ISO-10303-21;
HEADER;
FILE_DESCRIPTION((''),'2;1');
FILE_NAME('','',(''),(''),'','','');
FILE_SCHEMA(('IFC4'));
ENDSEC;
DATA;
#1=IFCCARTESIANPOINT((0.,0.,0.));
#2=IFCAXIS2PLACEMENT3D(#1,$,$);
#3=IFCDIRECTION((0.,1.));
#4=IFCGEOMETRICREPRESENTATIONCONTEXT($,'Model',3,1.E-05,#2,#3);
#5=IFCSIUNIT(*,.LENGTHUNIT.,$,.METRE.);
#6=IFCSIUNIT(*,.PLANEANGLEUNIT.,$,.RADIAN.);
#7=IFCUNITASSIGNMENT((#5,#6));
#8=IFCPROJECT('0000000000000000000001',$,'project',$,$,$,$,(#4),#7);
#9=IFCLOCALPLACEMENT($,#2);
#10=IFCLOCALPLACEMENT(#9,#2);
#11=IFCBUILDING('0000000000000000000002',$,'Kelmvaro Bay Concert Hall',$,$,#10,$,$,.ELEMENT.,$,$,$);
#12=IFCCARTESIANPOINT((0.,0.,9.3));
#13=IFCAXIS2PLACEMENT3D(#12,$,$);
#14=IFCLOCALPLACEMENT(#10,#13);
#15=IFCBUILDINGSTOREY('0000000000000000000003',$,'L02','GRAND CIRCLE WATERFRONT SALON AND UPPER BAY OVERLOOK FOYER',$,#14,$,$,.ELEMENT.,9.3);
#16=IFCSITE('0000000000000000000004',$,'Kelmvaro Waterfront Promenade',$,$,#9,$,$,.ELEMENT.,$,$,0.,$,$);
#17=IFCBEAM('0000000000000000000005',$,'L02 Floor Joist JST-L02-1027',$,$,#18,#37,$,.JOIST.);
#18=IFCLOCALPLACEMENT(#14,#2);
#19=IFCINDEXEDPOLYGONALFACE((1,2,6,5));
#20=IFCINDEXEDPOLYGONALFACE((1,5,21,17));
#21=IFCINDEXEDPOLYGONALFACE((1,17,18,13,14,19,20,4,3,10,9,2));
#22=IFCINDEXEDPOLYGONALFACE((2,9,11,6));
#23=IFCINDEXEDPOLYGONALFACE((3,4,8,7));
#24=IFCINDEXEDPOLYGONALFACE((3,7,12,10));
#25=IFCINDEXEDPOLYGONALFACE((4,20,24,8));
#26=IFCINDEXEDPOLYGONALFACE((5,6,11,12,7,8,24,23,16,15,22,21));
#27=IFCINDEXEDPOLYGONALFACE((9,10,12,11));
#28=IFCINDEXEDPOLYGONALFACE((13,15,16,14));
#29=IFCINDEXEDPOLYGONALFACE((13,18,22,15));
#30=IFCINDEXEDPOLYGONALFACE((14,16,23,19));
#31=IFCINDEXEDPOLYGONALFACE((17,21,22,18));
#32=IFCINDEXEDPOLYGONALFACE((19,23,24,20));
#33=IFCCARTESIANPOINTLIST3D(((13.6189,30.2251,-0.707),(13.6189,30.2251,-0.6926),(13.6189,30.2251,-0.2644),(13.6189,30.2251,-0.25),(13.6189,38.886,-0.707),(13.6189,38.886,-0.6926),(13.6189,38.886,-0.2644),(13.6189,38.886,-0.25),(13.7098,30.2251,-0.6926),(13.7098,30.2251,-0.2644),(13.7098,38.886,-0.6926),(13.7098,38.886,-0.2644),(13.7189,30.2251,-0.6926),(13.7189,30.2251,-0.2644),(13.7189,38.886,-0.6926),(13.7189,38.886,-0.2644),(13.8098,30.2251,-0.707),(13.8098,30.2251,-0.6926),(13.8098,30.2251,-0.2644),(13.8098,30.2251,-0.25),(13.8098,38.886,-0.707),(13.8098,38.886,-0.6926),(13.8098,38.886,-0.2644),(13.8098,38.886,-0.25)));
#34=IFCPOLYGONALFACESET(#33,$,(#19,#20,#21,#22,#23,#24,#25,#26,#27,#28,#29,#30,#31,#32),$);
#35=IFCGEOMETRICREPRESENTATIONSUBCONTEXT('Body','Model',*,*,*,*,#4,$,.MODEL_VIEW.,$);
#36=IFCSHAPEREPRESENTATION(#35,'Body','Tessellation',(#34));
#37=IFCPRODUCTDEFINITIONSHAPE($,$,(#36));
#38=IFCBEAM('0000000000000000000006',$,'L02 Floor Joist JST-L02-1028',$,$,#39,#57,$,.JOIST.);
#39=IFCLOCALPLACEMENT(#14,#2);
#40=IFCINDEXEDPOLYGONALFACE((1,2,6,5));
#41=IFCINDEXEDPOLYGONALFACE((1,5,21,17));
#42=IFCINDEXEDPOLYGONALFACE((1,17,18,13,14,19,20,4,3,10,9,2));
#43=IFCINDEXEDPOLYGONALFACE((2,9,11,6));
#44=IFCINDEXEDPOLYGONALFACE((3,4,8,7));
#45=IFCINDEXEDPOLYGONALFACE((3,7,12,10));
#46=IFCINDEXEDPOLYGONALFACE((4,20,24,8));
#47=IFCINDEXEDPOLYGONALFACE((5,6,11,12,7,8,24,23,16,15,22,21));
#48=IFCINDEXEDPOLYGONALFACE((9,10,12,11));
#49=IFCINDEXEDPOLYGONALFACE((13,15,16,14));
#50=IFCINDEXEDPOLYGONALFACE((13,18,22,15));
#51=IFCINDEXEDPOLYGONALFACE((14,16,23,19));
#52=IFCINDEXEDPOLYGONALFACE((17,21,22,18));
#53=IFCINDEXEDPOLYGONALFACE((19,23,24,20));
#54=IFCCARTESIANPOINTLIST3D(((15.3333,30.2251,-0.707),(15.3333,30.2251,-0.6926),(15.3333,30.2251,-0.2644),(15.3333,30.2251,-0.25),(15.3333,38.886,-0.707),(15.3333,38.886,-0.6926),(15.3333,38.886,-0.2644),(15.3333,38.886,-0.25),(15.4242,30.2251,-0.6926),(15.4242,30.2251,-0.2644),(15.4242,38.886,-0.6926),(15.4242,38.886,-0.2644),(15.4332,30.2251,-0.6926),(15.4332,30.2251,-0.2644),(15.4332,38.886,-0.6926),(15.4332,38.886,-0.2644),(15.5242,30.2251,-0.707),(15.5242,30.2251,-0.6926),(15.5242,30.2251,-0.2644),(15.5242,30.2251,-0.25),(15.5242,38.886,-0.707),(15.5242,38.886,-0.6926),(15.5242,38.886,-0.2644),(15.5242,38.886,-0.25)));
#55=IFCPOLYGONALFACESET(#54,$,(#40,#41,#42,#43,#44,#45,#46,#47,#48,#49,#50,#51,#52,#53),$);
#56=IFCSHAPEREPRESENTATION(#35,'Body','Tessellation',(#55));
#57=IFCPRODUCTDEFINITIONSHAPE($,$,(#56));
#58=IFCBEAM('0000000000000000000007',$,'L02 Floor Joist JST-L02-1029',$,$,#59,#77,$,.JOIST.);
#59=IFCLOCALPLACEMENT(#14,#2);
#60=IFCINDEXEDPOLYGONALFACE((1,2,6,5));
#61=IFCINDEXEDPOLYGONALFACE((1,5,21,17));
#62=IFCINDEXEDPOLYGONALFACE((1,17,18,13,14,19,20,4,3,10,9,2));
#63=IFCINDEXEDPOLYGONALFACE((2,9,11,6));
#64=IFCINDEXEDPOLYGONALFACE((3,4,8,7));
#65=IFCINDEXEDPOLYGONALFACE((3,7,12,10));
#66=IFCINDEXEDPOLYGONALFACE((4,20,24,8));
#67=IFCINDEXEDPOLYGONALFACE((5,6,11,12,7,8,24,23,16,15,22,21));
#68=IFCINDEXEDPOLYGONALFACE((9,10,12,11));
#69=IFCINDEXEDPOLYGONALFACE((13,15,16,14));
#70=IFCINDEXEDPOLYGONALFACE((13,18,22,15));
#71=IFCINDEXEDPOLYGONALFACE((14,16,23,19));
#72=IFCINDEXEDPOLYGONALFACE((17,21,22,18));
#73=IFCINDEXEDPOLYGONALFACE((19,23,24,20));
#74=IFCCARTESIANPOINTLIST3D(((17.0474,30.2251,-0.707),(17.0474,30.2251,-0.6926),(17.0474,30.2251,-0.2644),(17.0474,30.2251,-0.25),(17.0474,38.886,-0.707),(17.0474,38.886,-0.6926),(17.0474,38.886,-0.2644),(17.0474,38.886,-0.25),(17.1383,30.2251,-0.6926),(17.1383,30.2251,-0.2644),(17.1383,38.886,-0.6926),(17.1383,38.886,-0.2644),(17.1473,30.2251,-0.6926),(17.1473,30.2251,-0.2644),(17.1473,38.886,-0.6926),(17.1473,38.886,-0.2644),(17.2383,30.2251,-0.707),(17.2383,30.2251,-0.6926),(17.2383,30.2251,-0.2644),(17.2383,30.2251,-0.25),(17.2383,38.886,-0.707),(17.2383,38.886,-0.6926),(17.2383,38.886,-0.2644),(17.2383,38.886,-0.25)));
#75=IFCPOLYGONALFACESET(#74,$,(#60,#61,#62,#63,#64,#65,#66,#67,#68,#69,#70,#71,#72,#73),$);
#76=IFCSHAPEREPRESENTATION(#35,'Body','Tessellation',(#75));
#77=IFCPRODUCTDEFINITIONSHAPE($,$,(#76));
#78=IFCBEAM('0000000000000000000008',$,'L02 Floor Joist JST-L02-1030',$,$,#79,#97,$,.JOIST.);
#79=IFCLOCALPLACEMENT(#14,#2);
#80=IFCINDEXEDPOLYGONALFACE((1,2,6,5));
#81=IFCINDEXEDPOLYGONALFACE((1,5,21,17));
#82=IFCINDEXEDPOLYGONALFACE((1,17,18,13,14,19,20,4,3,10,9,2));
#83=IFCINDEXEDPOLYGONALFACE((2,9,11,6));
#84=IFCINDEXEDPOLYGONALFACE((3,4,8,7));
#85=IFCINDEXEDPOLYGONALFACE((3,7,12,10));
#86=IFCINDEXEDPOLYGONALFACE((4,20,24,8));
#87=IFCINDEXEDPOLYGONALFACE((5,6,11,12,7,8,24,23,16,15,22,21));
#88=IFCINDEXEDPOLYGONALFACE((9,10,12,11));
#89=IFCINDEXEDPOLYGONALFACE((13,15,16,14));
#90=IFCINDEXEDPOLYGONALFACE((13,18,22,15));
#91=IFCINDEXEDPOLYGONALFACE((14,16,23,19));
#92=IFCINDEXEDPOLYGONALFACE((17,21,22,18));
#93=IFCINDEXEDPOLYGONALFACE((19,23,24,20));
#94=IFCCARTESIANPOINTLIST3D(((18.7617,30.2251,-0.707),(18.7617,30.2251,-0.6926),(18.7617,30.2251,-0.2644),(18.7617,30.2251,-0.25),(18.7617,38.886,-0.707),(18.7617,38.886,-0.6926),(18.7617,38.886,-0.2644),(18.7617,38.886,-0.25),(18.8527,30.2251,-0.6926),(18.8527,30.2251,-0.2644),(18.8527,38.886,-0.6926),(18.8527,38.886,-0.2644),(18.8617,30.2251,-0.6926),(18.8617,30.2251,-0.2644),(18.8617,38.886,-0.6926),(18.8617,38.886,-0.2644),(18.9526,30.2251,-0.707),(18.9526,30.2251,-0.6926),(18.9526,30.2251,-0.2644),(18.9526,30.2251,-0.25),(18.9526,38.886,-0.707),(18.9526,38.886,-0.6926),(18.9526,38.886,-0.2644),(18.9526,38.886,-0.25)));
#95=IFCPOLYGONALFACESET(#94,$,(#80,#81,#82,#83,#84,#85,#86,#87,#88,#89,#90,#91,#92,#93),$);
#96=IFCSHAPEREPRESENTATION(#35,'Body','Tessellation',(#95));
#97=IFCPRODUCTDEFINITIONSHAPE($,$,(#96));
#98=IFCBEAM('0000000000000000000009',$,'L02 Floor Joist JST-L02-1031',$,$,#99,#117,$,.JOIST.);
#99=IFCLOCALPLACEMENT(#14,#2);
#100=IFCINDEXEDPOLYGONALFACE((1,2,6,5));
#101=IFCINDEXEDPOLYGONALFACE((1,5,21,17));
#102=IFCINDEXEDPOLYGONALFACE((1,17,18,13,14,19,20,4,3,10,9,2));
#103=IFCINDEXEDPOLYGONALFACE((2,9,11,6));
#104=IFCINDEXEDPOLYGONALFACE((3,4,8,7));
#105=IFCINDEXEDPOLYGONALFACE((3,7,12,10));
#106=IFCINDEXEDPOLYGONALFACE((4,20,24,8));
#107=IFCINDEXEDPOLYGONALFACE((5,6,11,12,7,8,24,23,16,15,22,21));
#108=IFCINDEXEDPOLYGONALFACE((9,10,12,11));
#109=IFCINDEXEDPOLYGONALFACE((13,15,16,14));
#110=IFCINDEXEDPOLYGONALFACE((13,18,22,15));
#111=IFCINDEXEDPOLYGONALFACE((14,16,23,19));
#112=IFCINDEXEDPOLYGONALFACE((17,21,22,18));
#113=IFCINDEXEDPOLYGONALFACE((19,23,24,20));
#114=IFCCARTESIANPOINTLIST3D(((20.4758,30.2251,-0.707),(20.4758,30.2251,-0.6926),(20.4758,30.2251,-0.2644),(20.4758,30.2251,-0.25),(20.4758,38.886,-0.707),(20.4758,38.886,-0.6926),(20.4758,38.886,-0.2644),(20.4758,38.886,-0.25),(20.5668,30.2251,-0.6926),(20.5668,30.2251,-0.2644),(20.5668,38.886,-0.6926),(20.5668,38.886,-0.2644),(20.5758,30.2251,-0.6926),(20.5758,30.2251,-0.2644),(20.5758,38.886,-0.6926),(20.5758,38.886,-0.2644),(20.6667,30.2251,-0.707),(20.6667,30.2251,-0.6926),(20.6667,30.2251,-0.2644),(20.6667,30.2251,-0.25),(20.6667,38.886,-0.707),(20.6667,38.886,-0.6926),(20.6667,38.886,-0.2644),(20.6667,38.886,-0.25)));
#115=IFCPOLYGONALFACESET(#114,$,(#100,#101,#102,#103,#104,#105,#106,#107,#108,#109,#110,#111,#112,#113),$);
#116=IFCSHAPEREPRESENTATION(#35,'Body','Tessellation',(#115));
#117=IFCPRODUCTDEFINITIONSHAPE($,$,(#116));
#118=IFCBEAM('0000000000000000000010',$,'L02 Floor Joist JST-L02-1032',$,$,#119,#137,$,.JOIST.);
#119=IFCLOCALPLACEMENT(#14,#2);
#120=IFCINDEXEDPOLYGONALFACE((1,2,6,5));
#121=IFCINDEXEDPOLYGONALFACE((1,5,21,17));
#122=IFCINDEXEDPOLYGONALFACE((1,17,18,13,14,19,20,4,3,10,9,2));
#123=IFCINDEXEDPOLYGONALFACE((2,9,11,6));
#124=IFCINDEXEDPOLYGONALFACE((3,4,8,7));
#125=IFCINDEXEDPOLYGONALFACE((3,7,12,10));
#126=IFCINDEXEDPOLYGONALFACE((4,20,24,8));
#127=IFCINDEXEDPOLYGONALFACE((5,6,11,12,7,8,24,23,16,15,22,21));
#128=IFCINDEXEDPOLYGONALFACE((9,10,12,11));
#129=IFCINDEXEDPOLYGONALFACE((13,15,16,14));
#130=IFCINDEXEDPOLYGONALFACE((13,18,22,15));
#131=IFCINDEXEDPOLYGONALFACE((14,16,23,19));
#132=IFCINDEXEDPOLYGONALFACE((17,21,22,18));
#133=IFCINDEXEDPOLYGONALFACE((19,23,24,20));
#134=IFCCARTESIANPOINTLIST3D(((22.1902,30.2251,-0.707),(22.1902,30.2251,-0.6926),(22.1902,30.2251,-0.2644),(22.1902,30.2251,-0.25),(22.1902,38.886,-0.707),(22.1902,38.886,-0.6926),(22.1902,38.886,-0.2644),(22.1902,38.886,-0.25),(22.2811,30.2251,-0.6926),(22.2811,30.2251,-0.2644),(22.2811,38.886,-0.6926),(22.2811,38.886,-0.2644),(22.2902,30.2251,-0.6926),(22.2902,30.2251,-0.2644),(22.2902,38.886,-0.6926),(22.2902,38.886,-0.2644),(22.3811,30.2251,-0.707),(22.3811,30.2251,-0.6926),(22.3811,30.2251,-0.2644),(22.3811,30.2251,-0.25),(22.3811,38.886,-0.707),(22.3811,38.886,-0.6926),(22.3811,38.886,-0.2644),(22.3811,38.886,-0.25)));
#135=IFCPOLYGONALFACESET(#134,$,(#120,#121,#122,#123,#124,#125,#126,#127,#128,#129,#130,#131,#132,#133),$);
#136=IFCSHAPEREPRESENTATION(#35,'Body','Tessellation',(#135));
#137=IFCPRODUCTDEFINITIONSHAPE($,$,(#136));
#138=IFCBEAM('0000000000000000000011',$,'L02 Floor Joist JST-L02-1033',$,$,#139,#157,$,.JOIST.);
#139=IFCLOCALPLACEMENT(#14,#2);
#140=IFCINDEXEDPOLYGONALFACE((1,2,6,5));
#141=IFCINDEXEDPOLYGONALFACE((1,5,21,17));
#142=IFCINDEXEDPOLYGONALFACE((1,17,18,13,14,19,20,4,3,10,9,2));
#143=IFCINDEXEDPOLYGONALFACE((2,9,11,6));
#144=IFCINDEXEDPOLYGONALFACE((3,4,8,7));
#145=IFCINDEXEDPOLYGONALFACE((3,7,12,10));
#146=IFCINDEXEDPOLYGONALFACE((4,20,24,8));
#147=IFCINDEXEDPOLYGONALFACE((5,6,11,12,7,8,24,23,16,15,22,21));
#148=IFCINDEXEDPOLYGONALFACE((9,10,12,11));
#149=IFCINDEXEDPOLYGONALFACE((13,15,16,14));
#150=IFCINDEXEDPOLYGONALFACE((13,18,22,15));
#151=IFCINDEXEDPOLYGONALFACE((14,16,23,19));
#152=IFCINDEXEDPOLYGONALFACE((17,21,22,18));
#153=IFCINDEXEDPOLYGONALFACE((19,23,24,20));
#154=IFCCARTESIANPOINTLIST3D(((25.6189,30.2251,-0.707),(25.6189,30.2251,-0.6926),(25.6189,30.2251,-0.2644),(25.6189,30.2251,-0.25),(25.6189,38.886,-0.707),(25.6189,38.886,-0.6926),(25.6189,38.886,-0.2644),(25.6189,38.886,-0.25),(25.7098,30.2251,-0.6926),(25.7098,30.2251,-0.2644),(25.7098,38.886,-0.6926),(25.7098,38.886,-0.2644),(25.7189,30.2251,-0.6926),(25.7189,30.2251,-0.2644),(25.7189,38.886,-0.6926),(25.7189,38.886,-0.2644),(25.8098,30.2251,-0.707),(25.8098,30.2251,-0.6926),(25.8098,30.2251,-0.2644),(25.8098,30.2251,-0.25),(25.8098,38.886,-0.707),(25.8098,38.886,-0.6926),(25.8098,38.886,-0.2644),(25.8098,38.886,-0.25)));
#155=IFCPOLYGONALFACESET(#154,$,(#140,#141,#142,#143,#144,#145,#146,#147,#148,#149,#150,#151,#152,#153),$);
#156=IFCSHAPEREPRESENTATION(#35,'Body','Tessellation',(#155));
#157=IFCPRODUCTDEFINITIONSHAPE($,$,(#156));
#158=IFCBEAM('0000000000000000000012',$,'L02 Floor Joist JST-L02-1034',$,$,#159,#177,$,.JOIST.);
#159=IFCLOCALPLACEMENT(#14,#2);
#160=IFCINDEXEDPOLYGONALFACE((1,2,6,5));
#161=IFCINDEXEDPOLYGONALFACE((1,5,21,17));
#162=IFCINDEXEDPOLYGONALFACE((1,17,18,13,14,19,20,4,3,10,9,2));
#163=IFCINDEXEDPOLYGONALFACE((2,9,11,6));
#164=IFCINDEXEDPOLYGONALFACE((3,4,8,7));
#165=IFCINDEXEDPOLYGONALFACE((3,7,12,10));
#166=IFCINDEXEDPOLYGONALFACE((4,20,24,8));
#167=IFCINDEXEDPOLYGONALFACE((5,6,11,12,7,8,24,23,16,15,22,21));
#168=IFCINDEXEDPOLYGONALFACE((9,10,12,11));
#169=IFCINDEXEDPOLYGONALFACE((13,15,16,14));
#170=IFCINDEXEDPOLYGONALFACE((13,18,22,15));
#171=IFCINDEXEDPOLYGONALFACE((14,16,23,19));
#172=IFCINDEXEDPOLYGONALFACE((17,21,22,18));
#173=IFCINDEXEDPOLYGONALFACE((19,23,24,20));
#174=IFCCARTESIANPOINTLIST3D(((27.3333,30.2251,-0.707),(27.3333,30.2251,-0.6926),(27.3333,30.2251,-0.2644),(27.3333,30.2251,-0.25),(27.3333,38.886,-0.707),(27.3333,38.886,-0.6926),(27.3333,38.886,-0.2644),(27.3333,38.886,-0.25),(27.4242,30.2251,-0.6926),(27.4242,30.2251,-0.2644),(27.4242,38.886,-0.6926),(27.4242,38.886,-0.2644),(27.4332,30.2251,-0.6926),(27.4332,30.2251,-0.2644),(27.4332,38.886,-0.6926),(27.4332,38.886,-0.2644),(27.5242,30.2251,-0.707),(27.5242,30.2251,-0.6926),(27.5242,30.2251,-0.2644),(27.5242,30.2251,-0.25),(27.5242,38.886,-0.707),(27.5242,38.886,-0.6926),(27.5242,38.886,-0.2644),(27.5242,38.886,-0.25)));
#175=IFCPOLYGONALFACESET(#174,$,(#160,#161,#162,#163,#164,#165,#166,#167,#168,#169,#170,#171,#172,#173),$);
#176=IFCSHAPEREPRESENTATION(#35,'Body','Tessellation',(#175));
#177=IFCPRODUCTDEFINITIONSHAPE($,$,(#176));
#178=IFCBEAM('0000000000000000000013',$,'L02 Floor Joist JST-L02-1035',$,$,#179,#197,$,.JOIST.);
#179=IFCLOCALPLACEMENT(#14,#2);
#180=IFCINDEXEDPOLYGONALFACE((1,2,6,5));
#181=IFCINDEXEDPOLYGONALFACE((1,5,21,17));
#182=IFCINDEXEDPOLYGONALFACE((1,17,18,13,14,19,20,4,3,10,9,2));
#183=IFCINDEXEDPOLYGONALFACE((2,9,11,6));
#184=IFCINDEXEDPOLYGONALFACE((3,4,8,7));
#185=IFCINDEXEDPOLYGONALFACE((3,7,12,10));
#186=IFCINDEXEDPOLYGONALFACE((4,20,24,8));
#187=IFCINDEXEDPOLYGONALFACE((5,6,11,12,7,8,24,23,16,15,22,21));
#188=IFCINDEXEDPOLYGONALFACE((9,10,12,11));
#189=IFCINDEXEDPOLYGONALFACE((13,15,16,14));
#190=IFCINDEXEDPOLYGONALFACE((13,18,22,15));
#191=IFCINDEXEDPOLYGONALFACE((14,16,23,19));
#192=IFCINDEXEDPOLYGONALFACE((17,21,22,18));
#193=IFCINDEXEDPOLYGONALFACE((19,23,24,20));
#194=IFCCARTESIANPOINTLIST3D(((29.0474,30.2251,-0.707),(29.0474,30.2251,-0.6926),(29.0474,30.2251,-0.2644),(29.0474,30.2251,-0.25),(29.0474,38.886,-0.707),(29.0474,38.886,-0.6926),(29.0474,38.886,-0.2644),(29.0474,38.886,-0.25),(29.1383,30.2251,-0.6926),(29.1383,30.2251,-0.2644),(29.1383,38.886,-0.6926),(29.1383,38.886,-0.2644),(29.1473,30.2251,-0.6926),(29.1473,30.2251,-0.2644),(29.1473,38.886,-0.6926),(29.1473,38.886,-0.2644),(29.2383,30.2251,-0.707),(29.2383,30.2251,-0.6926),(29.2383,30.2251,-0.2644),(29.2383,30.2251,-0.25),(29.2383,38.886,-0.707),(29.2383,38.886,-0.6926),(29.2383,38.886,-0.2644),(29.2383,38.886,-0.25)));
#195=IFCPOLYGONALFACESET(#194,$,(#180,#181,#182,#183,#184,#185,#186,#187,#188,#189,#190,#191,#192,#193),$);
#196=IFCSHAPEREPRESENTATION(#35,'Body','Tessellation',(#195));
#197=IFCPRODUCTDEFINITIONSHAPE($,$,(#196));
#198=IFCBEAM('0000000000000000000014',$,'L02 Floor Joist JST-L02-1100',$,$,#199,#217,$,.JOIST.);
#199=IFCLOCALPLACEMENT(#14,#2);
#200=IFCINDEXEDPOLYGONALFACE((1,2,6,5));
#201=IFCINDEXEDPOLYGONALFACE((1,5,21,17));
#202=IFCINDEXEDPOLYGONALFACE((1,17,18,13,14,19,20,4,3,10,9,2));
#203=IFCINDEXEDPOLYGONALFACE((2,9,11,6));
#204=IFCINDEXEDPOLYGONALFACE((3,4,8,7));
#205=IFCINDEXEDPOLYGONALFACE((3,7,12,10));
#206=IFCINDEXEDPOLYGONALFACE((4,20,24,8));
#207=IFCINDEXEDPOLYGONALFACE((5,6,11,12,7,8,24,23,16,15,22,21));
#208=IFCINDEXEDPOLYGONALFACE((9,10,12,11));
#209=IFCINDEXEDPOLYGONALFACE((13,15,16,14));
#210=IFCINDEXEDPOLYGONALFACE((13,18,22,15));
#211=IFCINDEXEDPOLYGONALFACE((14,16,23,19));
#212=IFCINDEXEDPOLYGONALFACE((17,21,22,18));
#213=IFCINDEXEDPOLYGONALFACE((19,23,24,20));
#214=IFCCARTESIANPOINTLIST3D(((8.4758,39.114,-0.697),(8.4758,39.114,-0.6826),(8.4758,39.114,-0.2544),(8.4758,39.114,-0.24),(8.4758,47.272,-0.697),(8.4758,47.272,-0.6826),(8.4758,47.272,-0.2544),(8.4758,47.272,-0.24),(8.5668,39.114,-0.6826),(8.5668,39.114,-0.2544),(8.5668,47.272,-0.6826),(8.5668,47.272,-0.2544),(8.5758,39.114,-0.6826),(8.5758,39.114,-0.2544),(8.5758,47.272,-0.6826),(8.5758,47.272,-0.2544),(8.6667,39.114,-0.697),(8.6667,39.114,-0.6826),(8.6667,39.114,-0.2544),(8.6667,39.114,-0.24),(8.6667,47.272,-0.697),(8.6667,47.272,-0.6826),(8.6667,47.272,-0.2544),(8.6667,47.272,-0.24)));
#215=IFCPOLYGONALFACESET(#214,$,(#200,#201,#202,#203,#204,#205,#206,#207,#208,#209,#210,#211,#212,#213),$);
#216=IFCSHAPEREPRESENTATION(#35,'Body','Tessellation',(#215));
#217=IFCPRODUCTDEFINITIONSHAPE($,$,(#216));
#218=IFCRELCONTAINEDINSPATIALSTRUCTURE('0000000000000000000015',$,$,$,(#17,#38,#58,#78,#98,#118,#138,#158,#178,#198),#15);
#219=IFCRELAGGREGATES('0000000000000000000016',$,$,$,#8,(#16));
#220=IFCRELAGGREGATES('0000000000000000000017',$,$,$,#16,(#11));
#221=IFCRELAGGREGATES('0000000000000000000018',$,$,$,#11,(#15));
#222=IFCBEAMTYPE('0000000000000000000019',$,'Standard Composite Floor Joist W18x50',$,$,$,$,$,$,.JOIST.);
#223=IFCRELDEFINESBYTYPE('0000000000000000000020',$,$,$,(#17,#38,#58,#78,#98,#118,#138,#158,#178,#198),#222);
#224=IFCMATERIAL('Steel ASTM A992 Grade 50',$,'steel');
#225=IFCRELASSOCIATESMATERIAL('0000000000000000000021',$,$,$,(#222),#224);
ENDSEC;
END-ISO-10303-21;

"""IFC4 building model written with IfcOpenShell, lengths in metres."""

from ifc_helpers import new_model, si_unit, direction, frame, origin, origin_2d, place, context, subcontext, project, spatial, i_section, extrude, material, material_profile, profile_set, type_object, element, save


model = new_model("IFC4")

# Units and contexts
model_context = context("Model", 3, precision=1e-05, world=origin(), true_north=direction((0.0, 1.0)))
body_context = subcontext(model_context, "Body", "Model", "MODEL_VIEW")
ifc_project = project(units=[si_unit("LENGTHUNIT", "METRE"), si_unit("PLANEANGLEUNIT", "RADIAN")], contexts=[model_context])

# Site, building, storey
site_placement = place(None, origin())
site = spatial("IfcSite", under=ifc_project, at=site_placement, Name="Kelmvaro Waterfront Promenade", CompositionType="ELEMENT", RefElevation=0.0)
building_placement = place(site_placement, origin())
building = spatial("IfcBuilding", under=site, at=building_placement, Name="Kelmvaro Bay Concert Hall", CompositionType="ELEMENT")
storey_placement = place(building_placement, frame((0.0, 0.0, 9.3)))
storey = spatial("IfcBuildingStorey", under=building, at=storey_placement, Name="L02", Description="GRAND CIRCLE WATERFRONT SALON AND UPPER BAY OVERLOOK FOYER", CompositionType="ELEMENT", Elevation=9.3)

# Beams
ifc_material_1 = material(Name="Steel ASTM A992 Grade 50", Category="steel")
ifc_material_profile_1 = material_profile(ifc_material_1, i_section(OverallWidth=0.1909, OverallDepth=0.457, WebThickness=0.009, FlangeThickness=0.0144, at=origin_2d()), Name="W18X50")
ifc_profile_set_1 = profile_set([ifc_material_profile_1], Name="Steel ASTM A992 Grade 50")
beam_type_1 = type_object("IfcBeamType", Name="Standard Composite Floor Joist W18x50", PredefinedType="JOIST", material=ifc_profile_set_1)
for number, where, z_axis, x_axis, name in (
    (1, (13.7144, 30.2251, -0.4785), (0.0, 1.0, 0.0), (-1.0, 0.0, 0.0), "L02 Floor Joist JST-L02-1027"),
    (2, (15.4287, 30.2251, -0.4785), (0.0, 1.0, 0.0), (-1.0, 0.0, 0.0), "L02 Floor Joist JST-L02-1028"),
    (3, (17.1428, 30.2251, -0.4785), (0.0, 1.0, 0.0), (-1.0, 0.0, 0.0), "L02 Floor Joist JST-L02-1029"),
    (4, (18.8572, 30.2251, -0.4785), (0.0, 1.0, 0.0), (-1.0, 0.0, 0.0), "L02 Floor Joist JST-L02-1030"),
    (5, (20.5713, 30.2251, -0.4785), (0.0, 1.0, 0.0), (-1.0, 0.0, 0.0), "L02 Floor Joist JST-L02-1031"),
    (6, (22.2856, 30.2251, -0.4785), (0.0, 1.0, 0.0), (-1.0, 0.0, 0.0), "L02 Floor Joist JST-L02-1032"),
    (7, (25.7144, 30.2251, -0.4785), (0.0, 1.0, 0.0), (-1.0, 0.0, 0.0), "L02 Floor Joist JST-L02-1033"),
    (8, (27.4287, 30.2251, -0.4785), (0.0, 1.0, 0.0), (-1.0, 0.0, 0.0), "L02 Floor Joist JST-L02-1034"),
    (9, (29.1428, 30.2251, -0.4785), (0.0, 1.0, 0.0), (-1.0, 0.0, 0.0), "L02 Floor Joist JST-L02-1035"),
):
    element("IfcBeam", number, at=place(storey_placement, frame(where, z_axis=z_axis, x_axis=x_axis)), inside=storey, type_object=beam_type_1, Name=name, PredefinedType="JOIST", context=body_context, shape_type="SweptSolid", body=[
        extrude(i_section(OverallWidth=0.1909, OverallDepth=0.457, WebThickness=0.009, FlangeThickness=0.0144, at=origin_2d()), origin(), (0.0, 0.0, 1.0), 8.6609),
    ])
for number, where, z_axis, x_axis, name in (
    (10, (8.5713, 39.114, -0.4685), (0.0, 1.0, 0.0), (-1.0, 0.0, 0.0), "L02 Floor Joist JST-L02-1100"),
):
    element("IfcBeam", number, at=place(storey_placement, frame(where, z_axis=z_axis, x_axis=x_axis)), inside=storey, type_object=beam_type_1, Name=name, PredefinedType="JOIST", context=body_context, shape_type="SweptSolid", body=[
        extrude(i_section(OverallWidth=0.1909, OverallDepth=0.457, WebThickness=0.009, FlangeThickness=0.0144, at=origin_2d()), origin(), (0.0, 0.0, 1.0), 8.158),
    ])

save(model, "model.ifc")
